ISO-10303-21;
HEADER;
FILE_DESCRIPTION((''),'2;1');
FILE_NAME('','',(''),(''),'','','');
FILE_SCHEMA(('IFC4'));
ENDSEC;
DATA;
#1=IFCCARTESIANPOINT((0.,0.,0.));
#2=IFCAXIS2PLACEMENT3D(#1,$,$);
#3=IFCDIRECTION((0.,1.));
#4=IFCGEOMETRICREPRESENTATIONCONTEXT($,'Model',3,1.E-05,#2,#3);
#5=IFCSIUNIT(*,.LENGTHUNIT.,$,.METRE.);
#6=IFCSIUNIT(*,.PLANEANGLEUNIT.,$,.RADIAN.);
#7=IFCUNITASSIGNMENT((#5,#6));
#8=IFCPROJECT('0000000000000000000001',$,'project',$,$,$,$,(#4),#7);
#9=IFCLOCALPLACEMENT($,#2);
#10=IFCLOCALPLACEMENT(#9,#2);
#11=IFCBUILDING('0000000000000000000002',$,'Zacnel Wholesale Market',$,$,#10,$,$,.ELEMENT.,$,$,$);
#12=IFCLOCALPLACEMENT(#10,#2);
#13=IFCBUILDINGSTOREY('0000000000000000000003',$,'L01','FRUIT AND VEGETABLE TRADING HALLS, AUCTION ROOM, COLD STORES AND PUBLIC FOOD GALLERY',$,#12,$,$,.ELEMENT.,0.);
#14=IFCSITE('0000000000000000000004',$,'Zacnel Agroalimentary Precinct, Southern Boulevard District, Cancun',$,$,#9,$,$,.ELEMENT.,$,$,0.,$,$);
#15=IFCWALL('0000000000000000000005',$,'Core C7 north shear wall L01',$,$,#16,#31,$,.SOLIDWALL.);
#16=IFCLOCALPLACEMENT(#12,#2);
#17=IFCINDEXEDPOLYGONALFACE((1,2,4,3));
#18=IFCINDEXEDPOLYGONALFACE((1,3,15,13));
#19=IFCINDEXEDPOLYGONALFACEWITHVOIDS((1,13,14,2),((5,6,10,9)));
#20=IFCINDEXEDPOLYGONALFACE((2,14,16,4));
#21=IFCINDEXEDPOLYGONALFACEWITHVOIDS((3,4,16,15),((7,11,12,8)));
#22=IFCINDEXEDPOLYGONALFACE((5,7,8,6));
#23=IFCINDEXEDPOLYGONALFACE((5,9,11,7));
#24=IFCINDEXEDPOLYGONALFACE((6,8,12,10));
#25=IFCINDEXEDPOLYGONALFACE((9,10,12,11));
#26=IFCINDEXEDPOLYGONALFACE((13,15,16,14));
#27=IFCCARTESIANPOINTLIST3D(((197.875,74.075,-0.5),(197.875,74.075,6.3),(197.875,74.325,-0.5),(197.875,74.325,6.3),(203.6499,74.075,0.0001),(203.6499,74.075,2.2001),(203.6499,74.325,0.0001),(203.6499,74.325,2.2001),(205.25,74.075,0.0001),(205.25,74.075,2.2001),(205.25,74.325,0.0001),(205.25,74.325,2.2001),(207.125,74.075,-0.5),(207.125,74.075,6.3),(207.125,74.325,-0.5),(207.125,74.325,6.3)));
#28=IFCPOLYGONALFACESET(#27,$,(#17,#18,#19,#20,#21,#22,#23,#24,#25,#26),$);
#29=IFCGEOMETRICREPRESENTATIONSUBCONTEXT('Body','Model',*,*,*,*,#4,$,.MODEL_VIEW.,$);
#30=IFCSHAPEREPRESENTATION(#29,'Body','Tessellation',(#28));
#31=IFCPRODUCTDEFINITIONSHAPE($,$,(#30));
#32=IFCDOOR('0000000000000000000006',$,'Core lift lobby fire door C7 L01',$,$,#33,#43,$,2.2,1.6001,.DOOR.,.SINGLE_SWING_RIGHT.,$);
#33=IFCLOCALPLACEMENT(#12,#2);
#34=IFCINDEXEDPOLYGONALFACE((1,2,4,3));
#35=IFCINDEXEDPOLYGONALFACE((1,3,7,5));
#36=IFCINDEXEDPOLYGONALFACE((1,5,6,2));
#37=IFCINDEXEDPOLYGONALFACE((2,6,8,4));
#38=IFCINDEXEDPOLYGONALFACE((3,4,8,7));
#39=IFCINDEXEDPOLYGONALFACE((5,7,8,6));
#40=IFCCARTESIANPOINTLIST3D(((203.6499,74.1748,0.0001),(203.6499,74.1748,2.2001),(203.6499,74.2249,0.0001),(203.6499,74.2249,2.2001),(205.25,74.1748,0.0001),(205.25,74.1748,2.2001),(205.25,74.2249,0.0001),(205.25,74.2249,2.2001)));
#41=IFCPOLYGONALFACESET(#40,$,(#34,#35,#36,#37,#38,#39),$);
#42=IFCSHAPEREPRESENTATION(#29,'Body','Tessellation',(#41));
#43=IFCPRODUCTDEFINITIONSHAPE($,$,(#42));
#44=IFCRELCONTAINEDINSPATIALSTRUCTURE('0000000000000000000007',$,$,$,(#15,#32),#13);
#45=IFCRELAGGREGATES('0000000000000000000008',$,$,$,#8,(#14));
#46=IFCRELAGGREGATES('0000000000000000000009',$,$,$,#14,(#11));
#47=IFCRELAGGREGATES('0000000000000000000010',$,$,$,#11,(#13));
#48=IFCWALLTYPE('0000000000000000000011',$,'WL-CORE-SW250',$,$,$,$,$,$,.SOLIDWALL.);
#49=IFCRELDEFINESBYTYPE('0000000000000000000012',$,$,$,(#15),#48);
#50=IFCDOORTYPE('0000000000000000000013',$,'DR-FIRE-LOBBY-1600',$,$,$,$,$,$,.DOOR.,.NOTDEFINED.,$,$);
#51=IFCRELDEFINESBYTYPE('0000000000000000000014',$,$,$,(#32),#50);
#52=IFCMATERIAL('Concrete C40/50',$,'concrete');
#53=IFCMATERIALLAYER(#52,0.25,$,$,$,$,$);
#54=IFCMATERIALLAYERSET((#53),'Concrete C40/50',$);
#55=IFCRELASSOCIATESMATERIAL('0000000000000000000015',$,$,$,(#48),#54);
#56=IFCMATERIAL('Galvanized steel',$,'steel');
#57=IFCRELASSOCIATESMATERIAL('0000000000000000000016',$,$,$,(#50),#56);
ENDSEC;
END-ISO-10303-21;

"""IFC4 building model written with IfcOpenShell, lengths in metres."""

from ifc_helpers import new_model, si_unit, direction, frame, frame_2d, origin, place, context, subcontext, project, spatial, rectangle, extrude, material, layer, layer_set, type_object, element, fill, save


model = new_model("IFC4")

# Units and contexts
model_context = context("Model", 3, precision=1e-05, world=origin(), true_north=direction((0.0, 1.0)))
body_context = subcontext(model_context, "Body", "Model", "MODEL_VIEW")
ifc_project = project(units=[si_unit("LENGTHUNIT", "METRE"), si_unit("PLANEANGLEUNIT", "RADIAN")], contexts=[model_context])

# Site, building, storey
site_placement = place(None, origin())
site = spatial("IfcSite", under=ifc_project, at=site_placement, Name="Zacnel Agroalimentary Precinct, Southern Boulevard District, Cancun", CompositionType="ELEMENT", RefElevation=0.0)
building_placement = place(site_placement, origin())
building = spatial("IfcBuilding", under=site, at=building_placement, Name="Zacnel Wholesale Market", CompositionType="ELEMENT")
storey_placement = place(building_placement, origin())
storey = spatial("IfcBuildingStorey", under=building, at=storey_placement, Name="L01", Description="FRUIT AND VEGETABLE TRADING HALLS, AUCTION ROOM, COLD STORES AND PUBLIC FOOD GALLERY", CompositionType="ELEMENT", Elevation=0.0)

# Wall, opening, door
ifc_material_1 = material(Name="Concrete C40/50", Category="concrete")
ifc_layer_1 = layer(ifc_material_1, 0.25)
ifc_layer_set_1 = layer_set([ifc_layer_1], Name="Concrete C40/50")
wall_type = type_object("IfcWallType", Name="WL-CORE-SW250", PredefinedType="SOLIDWALL", material=ifc_layer_set_1)
wall_placement = place(storey_placement, frame((197.875, 74.2, -0.5), z_axis=(0.0, 0.0, 1.0), x_axis=(1.0, 0.0, 0.0)))
wall = element("IfcWall", 1, at=wall_placement, inside=storey, type_object=wall_type, Name="Core C7 north shear wall L01", PredefinedType="SOLIDWALL", context=body_context, shape_type="SweptSolid", body=[
    extrude(rectangle(XDim=9.25, YDim=0.25, at=frame_2d((4.625, 0.0))), origin(), (0.0, 0.0, 1.0), 6.8),
])
opening_placement = place(wall_placement, frame((5.7749, 0.0, 0.5)))
opening = element("IfcOpeningElement", 2, at=opening_placement, cuts=wall, PredefinedType="OPENING", context=body_context, shape_type="SweptSolid", body=[
    extrude(rectangle(XDim=1.6001, YDim=2.2, at=frame_2d((0.8, 1.1001))), frame((0.0, 0.135, 0.0), z_axis=(0.0, -1.0, 0.0), x_axis=(1.0, 0.0, 0.0)), (0.0, 0.0, 1.0), 0.27),
])
ifc_material_2 = material(Name="Galvanized steel", Category="steel")
door_type = type_object("IfcDoorType", Name="DR-FIRE-LOBBY-1600", OperationType="NOTDEFINED", PredefinedType="DOOR", material=ifc_material_2)
door_placement = place(opening_placement, origin())
door = element("IfcDoor", 3, at=door_placement, inside=storey, type_object=door_type, Name="Core lift lobby fire door C7 L01", OperationType="SINGLE_SWING_RIGHT", OverallHeight=2.2, OverallWidth=1.6001, PredefinedType="DOOR", context=body_context, shape_type="SweptSolid", body=[
    extrude(rectangle(XDim=1.6001, YDim=2.2, at=frame_2d((0.8, 1.1001))), frame((0.0, 0.0249, 0.0), z_axis=(0.0, -1.0, 0.0), x_axis=(1.0, 0.0, 0.0)), (0.0, 0.0, 1.0), 0.05),
])
fill(opening, door)

save(model, "model.ifc")
